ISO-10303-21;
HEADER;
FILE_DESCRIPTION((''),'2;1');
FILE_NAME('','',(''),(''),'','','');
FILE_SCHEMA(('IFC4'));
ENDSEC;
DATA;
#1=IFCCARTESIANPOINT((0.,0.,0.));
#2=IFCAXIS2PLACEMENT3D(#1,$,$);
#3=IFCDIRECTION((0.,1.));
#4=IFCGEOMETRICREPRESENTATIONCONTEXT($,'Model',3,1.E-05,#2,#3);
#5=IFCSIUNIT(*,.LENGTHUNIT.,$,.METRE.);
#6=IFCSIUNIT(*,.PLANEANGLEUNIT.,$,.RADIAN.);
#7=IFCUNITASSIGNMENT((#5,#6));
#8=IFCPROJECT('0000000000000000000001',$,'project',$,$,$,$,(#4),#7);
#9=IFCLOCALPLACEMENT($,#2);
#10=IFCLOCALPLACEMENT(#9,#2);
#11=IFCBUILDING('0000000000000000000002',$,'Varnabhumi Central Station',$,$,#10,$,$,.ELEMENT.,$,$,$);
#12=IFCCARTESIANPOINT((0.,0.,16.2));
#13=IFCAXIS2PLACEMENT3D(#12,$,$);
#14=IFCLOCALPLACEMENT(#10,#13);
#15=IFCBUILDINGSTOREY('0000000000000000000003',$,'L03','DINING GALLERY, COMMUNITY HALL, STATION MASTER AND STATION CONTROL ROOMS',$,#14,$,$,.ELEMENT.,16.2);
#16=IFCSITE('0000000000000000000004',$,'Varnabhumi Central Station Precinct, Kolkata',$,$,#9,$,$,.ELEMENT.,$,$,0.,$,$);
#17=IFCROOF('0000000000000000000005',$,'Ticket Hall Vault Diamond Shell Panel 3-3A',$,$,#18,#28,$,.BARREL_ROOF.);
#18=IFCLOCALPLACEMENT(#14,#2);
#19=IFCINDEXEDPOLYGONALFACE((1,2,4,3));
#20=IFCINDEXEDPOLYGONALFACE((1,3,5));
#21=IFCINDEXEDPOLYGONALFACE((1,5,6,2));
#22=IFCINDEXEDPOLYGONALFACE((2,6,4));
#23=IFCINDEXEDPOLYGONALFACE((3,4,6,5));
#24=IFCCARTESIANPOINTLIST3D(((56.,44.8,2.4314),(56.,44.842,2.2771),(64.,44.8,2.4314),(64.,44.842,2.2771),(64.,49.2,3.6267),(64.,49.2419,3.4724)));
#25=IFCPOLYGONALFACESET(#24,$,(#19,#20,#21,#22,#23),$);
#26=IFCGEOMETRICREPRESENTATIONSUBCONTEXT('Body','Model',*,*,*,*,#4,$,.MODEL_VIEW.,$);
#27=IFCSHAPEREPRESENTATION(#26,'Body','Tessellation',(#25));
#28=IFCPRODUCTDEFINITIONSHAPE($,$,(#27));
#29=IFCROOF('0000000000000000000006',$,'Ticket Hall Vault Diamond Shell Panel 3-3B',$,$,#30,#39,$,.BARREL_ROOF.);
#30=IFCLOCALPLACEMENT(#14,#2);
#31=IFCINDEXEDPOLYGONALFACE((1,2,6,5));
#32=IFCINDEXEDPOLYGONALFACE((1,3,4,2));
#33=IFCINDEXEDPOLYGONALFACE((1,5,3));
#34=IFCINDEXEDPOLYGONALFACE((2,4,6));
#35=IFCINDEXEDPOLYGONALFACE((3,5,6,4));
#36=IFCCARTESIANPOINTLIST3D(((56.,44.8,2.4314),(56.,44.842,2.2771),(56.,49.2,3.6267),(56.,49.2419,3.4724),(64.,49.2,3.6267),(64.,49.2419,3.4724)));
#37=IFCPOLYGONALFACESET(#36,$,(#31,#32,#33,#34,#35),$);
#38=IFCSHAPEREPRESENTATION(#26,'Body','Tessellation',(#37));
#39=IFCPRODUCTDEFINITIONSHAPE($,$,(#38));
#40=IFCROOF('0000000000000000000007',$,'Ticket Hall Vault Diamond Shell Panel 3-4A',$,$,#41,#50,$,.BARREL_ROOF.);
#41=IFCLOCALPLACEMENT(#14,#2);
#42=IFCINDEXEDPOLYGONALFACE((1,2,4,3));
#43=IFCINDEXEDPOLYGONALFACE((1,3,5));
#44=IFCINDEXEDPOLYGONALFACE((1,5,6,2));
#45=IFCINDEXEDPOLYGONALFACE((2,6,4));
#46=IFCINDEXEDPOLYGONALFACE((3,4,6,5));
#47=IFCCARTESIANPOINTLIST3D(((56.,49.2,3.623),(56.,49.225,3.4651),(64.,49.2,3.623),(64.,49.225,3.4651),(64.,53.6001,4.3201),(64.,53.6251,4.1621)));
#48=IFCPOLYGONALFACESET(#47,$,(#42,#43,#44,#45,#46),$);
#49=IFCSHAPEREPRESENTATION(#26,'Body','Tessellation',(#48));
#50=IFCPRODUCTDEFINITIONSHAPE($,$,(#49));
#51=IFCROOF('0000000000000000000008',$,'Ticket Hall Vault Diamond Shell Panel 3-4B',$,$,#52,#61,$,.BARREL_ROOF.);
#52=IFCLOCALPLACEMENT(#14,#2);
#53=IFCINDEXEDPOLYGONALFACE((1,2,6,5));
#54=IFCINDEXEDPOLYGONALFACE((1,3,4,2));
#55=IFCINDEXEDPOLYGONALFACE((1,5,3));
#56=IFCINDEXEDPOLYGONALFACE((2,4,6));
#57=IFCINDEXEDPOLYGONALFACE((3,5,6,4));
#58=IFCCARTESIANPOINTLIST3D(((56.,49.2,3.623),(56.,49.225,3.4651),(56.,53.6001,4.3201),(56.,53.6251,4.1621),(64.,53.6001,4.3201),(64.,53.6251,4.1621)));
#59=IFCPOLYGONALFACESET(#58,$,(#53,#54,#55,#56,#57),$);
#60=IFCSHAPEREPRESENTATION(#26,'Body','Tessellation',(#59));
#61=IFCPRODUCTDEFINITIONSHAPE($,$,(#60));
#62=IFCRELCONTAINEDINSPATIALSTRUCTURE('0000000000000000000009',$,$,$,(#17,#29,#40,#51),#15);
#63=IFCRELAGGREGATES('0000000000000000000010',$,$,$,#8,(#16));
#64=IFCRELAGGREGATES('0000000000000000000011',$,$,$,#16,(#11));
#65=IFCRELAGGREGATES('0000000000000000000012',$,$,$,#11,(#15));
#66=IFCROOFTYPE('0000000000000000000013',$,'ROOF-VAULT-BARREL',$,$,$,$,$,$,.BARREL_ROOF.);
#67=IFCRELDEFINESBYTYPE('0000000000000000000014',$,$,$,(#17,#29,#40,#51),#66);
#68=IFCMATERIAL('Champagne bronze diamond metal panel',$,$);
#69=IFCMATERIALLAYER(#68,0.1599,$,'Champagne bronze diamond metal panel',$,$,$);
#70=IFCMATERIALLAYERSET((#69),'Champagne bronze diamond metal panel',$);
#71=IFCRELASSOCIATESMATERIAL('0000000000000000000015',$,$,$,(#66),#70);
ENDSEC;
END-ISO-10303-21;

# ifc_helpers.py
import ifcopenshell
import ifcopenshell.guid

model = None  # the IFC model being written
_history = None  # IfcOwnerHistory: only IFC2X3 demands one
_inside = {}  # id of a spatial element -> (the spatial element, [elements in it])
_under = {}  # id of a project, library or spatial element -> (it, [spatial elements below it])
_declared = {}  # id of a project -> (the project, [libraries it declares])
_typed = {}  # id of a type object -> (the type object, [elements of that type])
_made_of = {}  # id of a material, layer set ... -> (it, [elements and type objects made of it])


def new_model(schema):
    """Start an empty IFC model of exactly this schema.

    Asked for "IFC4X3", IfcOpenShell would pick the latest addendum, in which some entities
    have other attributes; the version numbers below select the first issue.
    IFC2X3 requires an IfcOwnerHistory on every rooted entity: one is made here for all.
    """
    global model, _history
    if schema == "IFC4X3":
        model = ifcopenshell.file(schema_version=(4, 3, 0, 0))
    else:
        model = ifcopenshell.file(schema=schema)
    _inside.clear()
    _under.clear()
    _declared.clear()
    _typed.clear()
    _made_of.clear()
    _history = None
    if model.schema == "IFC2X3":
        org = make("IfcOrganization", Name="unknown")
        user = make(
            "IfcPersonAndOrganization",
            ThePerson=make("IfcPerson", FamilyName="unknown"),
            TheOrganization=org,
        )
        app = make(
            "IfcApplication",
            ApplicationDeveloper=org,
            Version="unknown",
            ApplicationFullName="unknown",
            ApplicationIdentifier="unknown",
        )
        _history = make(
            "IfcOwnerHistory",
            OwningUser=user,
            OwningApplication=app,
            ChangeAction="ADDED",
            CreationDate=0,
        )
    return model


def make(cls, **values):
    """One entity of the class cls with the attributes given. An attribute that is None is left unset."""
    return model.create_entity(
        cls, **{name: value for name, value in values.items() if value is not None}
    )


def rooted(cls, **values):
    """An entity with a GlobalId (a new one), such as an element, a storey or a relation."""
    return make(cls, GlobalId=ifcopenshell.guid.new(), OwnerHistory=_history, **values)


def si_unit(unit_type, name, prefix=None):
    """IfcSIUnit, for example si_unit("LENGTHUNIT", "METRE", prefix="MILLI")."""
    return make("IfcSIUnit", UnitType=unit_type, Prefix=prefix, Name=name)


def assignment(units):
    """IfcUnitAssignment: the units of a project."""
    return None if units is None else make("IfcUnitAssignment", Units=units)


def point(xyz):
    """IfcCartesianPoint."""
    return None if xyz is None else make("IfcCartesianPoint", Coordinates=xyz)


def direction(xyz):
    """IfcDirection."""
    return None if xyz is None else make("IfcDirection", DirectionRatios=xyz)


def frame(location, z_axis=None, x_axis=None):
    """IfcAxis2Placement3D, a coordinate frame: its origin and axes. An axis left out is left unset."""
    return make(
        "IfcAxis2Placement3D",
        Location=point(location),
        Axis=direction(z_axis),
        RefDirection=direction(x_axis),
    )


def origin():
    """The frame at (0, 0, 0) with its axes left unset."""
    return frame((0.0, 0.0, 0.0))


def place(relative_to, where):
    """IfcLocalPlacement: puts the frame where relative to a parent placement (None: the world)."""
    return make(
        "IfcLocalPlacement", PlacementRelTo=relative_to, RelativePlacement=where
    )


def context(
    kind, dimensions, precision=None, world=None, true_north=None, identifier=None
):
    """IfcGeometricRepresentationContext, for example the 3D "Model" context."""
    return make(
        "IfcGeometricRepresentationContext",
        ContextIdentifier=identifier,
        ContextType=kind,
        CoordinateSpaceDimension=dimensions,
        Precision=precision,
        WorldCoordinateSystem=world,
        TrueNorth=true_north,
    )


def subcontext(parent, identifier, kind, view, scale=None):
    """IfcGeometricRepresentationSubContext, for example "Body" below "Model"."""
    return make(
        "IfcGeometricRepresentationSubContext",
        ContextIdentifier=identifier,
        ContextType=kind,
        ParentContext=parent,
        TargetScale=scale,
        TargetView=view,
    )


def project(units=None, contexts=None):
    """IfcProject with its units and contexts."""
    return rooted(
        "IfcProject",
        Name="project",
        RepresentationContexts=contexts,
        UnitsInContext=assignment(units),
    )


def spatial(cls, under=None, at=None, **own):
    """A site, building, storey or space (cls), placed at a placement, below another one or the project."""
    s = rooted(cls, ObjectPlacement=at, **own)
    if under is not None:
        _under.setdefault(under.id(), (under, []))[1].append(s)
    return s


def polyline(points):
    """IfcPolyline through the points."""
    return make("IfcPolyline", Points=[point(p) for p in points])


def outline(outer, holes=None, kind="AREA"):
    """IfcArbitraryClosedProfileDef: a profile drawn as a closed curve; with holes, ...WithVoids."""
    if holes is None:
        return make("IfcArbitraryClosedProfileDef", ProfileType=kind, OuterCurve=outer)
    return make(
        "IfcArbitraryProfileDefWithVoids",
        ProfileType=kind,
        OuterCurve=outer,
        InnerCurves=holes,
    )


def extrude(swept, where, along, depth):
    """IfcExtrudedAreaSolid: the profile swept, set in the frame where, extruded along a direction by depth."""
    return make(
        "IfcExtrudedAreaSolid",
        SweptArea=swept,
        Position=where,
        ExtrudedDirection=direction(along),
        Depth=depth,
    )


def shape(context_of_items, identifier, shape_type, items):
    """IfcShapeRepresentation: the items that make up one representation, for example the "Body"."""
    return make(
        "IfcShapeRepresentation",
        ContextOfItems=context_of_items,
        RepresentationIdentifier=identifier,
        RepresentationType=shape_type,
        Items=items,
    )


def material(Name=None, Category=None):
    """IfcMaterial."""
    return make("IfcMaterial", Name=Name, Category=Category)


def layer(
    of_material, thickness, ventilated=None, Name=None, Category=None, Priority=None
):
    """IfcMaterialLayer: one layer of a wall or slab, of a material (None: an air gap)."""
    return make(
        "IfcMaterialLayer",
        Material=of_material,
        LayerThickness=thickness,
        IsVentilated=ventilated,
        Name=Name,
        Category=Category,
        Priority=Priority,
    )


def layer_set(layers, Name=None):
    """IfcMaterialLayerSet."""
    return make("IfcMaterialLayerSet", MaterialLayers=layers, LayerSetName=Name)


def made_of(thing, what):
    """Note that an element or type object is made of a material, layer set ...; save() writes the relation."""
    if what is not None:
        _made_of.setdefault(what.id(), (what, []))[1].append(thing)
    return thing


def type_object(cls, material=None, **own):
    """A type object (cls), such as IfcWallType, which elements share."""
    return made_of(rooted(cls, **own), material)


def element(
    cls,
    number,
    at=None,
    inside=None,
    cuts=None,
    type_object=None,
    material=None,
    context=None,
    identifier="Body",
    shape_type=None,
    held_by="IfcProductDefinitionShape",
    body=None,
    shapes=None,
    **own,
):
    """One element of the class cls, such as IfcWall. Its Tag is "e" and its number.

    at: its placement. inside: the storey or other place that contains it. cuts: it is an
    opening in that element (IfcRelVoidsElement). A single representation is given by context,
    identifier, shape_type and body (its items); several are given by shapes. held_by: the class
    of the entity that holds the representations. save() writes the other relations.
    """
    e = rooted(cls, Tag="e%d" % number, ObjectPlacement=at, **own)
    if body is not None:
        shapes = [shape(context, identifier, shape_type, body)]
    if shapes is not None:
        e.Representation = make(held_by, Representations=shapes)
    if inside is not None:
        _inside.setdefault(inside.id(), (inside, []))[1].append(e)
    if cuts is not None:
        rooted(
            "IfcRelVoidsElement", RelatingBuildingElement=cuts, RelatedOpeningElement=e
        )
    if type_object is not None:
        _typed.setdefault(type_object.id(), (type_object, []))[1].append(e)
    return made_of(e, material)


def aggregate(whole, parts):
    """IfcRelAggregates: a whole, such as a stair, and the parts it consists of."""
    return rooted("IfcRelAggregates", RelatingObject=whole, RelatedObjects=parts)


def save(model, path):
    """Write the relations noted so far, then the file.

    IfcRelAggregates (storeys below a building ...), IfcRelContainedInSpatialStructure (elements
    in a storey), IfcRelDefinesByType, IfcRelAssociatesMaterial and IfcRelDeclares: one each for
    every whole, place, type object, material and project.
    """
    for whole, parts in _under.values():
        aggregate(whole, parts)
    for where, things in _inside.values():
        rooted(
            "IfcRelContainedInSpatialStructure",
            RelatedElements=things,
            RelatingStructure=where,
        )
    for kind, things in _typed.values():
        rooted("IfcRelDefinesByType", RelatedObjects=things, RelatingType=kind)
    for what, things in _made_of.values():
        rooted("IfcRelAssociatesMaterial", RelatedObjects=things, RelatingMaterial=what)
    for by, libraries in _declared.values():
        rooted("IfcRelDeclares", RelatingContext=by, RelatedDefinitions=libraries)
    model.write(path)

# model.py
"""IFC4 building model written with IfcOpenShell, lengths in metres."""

from ifc_helpers import new_model, si_unit, direction, frame, origin, place, context, subcontext, project, spatial, polyline, outline, extrude, material, layer, layer_set, type_object, element, save


model = new_model("IFC4")

# Units and contexts
model_context = context("Model", 3, precision=1e-05, world=origin(), true_north=direction((0.0, 1.0)))
body_context = subcontext(model_context, "Body", "Model", "MODEL_VIEW")
ifc_project = project(units=[si_unit("LENGTHUNIT", "METRE"), si_unit("PLANEANGLEUNIT", "RADIAN")], contexts=[model_context])

# Site, building, storey
site_placement = place(None, origin())
site = spatial("IfcSite", under=ifc_project, at=site_placement, Name="Varnabhumi Central Station Precinct, Kolkata", CompositionType="ELEMENT", RefElevation=0.0)
building_placement = place(site_placement, origin())
building = spatial("IfcBuilding", under=site, at=building_placement, Name="Varnabhumi Central Station", CompositionType="ELEMENT")
storey_placement = place(building_placement, frame((0.0, 0.0, 16.2)))
storey = spatial("IfcBuildingStorey", under=building, at=storey_placement, Name="L03", Description="DINING GALLERY, COMMUNITY HALL, STATION MASTER AND STATION CONTROL ROOMS", CompositionType="ELEMENT", Elevation=16.2)

# Roofs
ifc_material_1 = material(Name="Champagne bronze diamond metal panel")
ifc_layer_1 = layer(ifc_material_1, 0.1599, Name="Champagne bronze diamond metal panel")
ifc_layer_set_1 = layer_set([ifc_layer_1], Name="Champagne bronze diamond metal panel")
roof_type = type_object("IfcRoofType", Name="ROOF-VAULT-BARREL", PredefinedType="BARREL_ROOF", material=ifc_layer_set_1)
roof_1_placement = place(storey_placement, frame((56.0, 44.8, 2.4314), z_axis=(0.0, -0.262166, 0.965023), x_axis=(1.0, 0.0, 0.0)))
element("IfcRoof", 1, at=roof_1_placement, inside=storey, type_object=roof_type, Name="Ticket Hall Vault Diamond Shell Panel 3-3A", PredefinedType="BARREL_ROOF", context=body_context, shape_type="SweptSolid", body=[
    extrude(outline(polyline([(0.0, 0.0), (8.0, 0.0), (8.0, 4.5594), (0.0, 0.0)])), origin(), (0.0, 0.0, -1.0), 0.1599),
])
roof_2_placement = place(storey_placement, frame((56.0, 44.8, 2.4314), z_axis=(0.0, -0.262166, 0.965023), x_axis=(0.868806, 0.477833, 0.129812)))
element("IfcRoof", 2, at=roof_2_placement, inside=storey, type_object=roof_type, Name="Ticket Hall Vault Diamond Shell Panel 3-3B", PredefinedType="BARREL_ROOF", context=body_context, shape_type="SweptSolid", body=[
    extrude(outline(polyline([(0.0, 0.0), (9.208, 0.0), (2.2576, 3.9612), (0.0, 0.0)])), origin(), (0.0, 0.0, -1.0), 0.1599),
])
roof_3_placement = place(storey_placement, frame((56.0, 49.2, 3.623), z_axis=(0.0, -0.156458, 0.987685), x_axis=(1.0, 0.0, 0.0)))
element("IfcRoof", 3, at=roof_3_placement, inside=storey, type_object=roof_type, Name="Ticket Hall Vault Diamond Shell Panel 3-4A", PredefinedType="BARREL_ROOF", context=body_context, shape_type="SweptSolid", body=[
    extrude(outline(polyline([(0.0, 0.0), (8.0, 0.0), (8.0, 4.455), (0.0, 0.0)])), origin(), (0.0, 0.0, -1.0), 0.1599),
])
roof_4_placement = place(storey_placement, frame((56.0, 49.2, 3.623), z_axis=(0.0, -0.156458, 0.987685), x_axis=(0.873667, 0.480533, 0.076121)))
element("IfcRoof", 4, at=roof_4_placement, inside=storey, type_object=roof_type, Name="Ticket Hall Vault Diamond Shell Panel 3-4B", PredefinedType="BARREL_ROOF", context=body_context, shape_type="SweptSolid", body=[
    extrude(outline(polyline([(0.0, 0.0), (9.1568, 0.0), (2.1675, 3.8922), (0.0, 0.0)])), origin(), (0.0, 0.0, -1.0), 0.1599),
])

save(model, "model.ifc")
